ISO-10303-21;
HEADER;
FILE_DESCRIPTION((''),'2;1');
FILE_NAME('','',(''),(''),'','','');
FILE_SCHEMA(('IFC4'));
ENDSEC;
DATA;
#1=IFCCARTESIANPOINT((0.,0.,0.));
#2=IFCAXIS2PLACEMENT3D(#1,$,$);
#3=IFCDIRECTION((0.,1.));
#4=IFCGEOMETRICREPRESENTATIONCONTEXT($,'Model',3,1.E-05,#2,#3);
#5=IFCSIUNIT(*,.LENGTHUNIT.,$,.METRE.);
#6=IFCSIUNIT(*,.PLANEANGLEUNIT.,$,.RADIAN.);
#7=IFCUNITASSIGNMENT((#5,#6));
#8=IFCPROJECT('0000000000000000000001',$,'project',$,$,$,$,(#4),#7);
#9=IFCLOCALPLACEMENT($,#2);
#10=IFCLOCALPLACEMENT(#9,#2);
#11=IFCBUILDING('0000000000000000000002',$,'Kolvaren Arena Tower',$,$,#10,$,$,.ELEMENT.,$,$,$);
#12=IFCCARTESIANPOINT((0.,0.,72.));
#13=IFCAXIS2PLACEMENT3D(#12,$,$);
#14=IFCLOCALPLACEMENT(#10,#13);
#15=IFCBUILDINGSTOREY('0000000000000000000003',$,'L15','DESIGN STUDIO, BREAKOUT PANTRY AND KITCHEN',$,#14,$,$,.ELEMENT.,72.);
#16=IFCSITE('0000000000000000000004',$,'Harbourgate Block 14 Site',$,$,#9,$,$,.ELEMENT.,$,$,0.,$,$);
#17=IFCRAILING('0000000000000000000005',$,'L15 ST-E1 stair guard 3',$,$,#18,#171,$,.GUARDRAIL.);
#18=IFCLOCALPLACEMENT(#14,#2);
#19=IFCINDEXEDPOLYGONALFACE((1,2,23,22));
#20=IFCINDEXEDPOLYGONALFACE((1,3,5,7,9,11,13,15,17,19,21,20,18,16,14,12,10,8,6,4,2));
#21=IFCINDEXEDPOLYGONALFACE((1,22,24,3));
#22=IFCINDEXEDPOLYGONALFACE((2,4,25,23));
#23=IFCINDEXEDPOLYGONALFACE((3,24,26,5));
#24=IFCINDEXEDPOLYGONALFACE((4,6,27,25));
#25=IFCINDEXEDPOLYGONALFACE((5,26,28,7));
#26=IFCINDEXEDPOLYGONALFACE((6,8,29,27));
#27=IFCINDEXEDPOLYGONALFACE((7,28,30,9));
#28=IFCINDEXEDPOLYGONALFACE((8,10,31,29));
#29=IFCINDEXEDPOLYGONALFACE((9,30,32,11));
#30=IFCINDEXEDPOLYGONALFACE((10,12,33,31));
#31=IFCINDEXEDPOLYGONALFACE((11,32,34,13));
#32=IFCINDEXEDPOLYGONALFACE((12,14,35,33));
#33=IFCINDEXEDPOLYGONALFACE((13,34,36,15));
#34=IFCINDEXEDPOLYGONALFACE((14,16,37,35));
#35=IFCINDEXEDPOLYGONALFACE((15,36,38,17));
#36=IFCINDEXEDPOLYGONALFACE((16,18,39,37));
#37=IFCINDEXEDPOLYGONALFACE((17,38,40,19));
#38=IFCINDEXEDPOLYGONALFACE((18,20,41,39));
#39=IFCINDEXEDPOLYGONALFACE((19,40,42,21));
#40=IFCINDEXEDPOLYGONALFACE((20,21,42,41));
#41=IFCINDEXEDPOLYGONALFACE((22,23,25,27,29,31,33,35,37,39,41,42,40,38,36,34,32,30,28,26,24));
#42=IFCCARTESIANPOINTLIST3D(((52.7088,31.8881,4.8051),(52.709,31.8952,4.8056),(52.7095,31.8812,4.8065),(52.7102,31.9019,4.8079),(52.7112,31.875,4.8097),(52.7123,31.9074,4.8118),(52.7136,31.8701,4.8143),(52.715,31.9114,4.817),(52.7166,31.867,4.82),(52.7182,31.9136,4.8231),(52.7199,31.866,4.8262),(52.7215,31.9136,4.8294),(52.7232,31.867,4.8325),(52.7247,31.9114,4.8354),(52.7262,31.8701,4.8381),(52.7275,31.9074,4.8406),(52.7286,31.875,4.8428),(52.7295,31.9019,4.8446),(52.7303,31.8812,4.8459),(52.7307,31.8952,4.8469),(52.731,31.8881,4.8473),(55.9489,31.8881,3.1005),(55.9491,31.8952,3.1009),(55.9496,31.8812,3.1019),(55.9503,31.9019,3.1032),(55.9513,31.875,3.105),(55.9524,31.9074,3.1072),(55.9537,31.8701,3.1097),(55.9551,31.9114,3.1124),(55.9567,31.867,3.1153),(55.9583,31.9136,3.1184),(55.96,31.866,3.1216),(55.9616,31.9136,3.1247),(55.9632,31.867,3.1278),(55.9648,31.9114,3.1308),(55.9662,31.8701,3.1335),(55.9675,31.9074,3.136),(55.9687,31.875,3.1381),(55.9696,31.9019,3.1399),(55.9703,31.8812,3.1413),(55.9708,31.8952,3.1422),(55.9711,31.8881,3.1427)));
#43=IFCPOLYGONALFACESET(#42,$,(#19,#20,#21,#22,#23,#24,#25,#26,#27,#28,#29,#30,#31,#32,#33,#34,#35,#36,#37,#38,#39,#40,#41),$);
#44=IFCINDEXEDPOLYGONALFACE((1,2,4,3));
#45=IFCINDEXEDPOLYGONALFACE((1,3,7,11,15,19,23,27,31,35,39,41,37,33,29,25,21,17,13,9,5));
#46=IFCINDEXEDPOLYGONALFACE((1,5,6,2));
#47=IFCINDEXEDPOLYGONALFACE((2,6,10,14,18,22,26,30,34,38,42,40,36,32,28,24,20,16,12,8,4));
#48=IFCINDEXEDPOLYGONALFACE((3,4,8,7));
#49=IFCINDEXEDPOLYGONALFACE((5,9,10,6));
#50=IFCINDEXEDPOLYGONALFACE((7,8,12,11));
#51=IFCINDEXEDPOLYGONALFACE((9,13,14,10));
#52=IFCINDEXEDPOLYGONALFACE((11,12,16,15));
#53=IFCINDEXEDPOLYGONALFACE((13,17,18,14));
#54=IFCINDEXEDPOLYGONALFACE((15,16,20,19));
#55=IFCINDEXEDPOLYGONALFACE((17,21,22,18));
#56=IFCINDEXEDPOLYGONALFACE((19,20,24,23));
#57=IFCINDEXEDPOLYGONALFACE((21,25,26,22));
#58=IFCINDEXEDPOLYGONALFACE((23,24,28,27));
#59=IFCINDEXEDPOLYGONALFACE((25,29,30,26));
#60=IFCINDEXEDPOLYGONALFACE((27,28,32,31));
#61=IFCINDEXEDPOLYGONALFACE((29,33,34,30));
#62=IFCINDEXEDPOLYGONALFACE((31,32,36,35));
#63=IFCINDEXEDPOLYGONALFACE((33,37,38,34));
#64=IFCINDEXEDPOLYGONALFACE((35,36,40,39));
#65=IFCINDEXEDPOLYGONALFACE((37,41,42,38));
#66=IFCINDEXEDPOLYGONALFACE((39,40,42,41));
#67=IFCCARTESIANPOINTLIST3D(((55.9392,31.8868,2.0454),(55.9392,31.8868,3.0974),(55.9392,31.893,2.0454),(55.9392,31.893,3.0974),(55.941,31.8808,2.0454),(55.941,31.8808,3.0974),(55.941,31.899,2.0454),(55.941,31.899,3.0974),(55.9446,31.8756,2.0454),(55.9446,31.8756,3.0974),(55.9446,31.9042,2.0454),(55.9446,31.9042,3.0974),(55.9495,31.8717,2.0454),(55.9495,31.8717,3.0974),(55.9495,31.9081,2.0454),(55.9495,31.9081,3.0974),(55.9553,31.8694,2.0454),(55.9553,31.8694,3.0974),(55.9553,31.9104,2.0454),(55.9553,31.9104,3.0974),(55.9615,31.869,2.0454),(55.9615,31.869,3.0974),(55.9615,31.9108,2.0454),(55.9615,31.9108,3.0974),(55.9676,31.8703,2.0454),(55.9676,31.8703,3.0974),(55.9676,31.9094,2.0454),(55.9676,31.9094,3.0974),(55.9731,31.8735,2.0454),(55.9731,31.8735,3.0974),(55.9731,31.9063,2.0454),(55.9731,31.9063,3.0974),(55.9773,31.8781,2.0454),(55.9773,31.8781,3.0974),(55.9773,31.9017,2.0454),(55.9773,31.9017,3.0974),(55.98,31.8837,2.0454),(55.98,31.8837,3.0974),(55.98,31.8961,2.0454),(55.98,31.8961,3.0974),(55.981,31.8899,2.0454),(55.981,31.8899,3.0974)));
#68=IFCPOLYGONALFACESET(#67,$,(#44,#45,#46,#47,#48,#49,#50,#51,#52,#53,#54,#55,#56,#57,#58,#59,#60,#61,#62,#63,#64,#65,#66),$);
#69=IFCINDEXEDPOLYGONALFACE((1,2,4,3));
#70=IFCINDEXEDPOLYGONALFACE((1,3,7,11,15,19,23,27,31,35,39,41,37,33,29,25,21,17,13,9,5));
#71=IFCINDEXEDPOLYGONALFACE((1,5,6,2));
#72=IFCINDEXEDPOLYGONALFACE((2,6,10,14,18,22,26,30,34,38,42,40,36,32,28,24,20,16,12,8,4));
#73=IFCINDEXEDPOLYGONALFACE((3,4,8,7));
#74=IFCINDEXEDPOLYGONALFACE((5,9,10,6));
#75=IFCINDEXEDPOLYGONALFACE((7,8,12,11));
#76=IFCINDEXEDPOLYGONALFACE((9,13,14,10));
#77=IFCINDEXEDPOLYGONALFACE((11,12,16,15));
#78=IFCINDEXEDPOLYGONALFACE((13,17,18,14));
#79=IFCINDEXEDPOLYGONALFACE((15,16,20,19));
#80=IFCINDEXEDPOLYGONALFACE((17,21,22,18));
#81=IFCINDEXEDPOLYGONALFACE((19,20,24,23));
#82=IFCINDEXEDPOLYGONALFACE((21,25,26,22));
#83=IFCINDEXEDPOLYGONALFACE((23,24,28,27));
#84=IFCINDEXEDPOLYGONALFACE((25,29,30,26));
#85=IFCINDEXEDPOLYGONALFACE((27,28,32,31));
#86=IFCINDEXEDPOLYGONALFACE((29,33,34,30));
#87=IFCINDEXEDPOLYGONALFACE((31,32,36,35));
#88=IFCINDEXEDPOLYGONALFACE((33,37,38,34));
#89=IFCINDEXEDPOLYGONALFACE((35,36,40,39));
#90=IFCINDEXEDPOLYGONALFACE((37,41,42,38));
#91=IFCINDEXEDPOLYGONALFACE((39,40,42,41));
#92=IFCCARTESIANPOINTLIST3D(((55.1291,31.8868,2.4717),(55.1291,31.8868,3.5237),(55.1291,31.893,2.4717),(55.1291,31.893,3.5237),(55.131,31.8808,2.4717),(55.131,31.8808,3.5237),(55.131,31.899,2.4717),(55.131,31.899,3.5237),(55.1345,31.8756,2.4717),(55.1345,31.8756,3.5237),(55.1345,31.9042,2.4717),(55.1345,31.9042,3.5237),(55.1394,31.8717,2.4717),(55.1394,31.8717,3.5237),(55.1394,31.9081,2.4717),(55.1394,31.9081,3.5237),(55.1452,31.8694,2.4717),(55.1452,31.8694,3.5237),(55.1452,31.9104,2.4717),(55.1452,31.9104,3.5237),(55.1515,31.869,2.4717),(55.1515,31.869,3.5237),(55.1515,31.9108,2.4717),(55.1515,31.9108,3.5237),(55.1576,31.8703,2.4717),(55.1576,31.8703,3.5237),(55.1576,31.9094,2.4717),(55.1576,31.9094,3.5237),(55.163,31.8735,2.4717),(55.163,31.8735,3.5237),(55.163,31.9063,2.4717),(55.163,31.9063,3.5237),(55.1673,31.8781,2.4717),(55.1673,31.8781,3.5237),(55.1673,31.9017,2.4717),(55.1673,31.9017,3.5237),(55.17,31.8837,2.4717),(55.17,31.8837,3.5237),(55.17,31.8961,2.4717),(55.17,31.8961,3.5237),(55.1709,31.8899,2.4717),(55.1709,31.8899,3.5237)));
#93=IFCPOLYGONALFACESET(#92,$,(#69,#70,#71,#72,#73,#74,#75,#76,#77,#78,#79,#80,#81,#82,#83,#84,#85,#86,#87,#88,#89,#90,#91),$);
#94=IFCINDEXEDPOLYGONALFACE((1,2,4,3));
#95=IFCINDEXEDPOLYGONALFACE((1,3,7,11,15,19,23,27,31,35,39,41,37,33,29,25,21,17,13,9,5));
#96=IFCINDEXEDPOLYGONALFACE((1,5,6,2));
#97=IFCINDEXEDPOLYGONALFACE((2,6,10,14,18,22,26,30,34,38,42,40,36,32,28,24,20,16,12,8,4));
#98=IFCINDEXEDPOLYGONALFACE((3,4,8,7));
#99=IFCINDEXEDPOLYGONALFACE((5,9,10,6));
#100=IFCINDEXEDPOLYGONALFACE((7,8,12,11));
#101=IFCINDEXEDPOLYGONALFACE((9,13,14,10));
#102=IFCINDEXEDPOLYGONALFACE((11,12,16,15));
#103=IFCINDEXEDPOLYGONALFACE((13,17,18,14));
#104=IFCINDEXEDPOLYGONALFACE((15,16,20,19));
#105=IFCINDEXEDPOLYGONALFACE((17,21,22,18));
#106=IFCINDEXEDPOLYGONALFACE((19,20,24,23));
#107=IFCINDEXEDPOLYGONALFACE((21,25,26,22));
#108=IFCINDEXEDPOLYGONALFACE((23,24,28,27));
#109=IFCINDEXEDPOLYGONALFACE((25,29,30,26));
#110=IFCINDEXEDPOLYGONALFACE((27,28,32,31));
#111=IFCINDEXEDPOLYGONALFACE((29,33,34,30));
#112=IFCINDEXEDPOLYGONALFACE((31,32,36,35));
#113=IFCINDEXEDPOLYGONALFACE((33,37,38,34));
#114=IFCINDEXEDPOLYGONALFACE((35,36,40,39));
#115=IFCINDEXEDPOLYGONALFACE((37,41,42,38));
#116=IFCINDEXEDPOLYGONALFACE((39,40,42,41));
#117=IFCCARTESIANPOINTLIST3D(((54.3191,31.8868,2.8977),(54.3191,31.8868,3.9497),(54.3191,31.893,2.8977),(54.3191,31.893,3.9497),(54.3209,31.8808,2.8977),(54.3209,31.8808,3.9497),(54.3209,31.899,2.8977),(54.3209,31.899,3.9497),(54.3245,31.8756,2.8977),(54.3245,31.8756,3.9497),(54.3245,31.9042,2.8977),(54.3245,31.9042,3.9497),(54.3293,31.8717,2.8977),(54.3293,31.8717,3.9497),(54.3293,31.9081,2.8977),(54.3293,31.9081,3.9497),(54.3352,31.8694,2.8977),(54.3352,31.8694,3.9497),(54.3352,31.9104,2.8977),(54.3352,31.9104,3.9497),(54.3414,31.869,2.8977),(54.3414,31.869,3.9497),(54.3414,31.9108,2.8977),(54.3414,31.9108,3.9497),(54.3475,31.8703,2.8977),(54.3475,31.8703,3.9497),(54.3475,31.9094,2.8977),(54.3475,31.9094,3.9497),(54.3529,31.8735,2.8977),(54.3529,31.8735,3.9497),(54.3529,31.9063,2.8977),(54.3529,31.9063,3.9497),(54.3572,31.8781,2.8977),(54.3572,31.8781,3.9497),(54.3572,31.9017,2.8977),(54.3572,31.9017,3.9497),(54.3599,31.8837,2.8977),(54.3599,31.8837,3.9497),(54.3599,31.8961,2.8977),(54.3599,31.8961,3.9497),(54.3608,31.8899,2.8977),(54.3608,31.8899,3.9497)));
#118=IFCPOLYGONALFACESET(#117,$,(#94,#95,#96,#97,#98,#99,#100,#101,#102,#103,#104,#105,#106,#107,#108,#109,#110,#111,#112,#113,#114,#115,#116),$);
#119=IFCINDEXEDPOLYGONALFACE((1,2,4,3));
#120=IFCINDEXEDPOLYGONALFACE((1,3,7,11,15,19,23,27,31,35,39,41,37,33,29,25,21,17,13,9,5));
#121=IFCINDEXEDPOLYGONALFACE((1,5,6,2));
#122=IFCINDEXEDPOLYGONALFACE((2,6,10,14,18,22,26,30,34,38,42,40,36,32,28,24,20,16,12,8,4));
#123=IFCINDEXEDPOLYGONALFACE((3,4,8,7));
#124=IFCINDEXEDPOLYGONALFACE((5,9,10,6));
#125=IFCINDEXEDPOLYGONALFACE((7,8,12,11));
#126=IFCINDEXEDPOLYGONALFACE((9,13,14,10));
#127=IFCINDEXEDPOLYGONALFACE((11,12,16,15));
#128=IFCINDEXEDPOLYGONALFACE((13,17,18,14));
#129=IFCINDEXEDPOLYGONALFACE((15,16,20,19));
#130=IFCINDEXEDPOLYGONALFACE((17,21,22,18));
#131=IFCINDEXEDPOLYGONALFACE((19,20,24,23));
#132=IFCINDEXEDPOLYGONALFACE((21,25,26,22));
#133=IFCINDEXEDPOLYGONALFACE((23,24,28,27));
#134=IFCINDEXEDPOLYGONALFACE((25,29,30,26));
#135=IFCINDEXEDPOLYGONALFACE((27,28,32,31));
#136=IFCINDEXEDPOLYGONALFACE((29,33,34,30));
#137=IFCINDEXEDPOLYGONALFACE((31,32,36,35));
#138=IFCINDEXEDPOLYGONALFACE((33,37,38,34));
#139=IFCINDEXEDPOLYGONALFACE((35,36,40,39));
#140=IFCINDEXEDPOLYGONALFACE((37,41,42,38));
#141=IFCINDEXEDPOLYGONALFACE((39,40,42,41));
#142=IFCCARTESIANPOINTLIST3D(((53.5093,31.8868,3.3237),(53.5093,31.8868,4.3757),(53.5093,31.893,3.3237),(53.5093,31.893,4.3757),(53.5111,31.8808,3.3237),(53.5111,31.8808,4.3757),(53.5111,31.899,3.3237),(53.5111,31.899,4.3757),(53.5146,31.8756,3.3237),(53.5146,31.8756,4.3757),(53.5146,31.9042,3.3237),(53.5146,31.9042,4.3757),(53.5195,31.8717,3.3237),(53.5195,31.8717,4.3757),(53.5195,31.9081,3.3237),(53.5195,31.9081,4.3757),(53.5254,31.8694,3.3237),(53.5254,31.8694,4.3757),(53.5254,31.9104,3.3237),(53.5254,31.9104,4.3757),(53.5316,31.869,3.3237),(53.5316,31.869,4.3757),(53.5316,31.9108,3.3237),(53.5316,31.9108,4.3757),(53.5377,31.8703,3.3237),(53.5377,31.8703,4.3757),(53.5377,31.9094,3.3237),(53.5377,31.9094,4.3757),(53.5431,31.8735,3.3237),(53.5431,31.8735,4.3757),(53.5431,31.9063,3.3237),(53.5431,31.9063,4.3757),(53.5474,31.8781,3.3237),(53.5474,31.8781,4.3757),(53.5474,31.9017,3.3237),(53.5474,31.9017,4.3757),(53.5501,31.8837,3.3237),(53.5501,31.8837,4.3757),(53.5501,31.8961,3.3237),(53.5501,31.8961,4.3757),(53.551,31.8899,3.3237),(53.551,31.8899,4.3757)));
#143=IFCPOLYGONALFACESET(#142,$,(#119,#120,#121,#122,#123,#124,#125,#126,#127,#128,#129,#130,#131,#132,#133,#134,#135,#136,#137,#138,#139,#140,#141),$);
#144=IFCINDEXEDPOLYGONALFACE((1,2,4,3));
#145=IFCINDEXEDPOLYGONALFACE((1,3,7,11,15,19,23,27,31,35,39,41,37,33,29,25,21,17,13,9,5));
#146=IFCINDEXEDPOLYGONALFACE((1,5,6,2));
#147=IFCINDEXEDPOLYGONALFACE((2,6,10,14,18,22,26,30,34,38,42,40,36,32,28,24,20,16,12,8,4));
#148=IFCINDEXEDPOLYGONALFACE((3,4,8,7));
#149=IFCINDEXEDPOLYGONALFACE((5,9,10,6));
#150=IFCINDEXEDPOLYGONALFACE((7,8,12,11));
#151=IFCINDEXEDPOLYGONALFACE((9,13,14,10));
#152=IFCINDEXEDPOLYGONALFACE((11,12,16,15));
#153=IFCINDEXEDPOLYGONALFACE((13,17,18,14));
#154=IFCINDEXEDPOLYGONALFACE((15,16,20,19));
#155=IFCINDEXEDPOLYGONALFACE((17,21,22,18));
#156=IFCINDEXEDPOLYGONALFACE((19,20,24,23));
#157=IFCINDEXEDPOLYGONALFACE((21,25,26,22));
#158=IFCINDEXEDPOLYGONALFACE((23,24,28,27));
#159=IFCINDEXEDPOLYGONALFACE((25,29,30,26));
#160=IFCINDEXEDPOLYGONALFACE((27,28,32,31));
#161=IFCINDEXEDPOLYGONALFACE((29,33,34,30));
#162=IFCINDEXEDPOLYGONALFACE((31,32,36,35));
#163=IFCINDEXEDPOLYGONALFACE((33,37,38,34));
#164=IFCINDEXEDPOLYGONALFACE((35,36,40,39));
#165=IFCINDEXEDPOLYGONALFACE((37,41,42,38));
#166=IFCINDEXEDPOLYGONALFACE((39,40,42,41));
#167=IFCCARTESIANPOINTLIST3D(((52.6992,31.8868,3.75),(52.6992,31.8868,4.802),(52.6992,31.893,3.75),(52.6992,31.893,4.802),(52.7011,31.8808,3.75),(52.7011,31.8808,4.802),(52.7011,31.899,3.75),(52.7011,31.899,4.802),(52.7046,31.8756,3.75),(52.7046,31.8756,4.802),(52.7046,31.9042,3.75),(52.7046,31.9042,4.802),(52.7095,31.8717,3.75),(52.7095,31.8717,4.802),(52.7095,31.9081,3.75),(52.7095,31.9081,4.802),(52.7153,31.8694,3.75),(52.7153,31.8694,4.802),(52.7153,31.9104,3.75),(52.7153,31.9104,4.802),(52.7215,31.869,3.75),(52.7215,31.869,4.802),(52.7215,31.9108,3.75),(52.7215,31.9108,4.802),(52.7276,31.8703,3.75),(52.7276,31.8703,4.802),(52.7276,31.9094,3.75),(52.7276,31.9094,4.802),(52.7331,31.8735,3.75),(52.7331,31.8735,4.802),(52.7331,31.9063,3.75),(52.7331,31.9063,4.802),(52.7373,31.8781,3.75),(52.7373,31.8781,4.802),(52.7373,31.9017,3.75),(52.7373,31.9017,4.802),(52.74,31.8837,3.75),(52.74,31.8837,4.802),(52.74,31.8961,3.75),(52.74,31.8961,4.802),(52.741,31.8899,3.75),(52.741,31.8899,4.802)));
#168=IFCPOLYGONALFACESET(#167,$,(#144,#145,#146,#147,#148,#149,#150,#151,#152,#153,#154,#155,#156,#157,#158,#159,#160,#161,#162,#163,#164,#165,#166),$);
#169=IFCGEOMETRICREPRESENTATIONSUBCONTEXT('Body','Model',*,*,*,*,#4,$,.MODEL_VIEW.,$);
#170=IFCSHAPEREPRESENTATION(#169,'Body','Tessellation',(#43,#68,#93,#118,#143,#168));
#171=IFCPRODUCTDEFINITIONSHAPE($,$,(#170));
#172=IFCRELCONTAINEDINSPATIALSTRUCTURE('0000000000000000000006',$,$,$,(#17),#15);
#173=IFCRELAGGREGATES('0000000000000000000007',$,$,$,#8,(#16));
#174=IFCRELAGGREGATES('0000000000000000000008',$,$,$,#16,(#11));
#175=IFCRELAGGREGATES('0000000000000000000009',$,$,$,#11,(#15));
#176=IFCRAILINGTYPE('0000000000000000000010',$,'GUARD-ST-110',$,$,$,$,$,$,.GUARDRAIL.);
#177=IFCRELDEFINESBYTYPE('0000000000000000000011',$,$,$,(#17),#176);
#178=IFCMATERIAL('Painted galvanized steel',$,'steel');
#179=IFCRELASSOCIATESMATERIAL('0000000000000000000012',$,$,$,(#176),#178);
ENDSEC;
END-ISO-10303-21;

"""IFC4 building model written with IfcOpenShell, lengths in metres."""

from ifc_helpers import new_model, si_unit, direction, frame, origin, origin_2d, place, context, subcontext, project, spatial, circle, extrude, material, type_object, element, save


model = new_model("IFC4")

# Units and contexts
model_context = context("Model", 3, precision=1e-05, world=origin(), true_north=direction((0.0, 1.0)))
body_context = subcontext(model_context, "Body", "Model", "MODEL_VIEW")
ifc_project = project(units=[si_unit("LENGTHUNIT", "METRE"), si_unit("PLANEANGLEUNIT", "RADIAN")], contexts=[model_context])

# Site, building, storey
site_placement = place(None, origin())
site = spatial("IfcSite", under=ifc_project, at=site_placement, Name="Harbourgate Block 14 Site", CompositionType="ELEMENT", RefElevation=0.0)
building_placement = place(site_placement, origin())
building = spatial("IfcBuilding", under=site, at=building_placement, Name="Kolvaren Arena Tower", CompositionType="ELEMENT")
storey_placement = place(building_placement, frame((0.0, 0.0, 72.0)))
storey = spatial("IfcBuildingStorey", under=building, at=storey_placement, Name="L15", Description="DESIGN STUDIO, BREAKOUT PANTRY AND KITCHEN", CompositionType="ELEMENT", Elevation=72.0)

# Railing
ifc_material_1 = material(Name="Painted galvanized steel", Category="steel")
railing_type_1 = type_object("IfcRailingType", Name="GUARD-ST-110", PredefinedType="GUARDRAIL", material=ifc_material_1)
railing_1_placement = place(storey_placement, frame((55.96, 31.8899, 2.0454)))
element("IfcRailing", 1, at=railing_1_placement, inside=storey, type_object=railing_type_1, Name="L15 ST-E1 stair guard 3", PredefinedType="GUARDRAIL", context=body_context, shape_type="SweptSolid", body=[
    extrude(circle(Radius=0.0239, at=origin_2d()), frame((0.0, 0.0, 1.0762), z_axis=(-0.884993, 0.0, 0.465604), x_axis=(0.0, -1.0, 0.0)), (0.0, 0.0, 1.0), 3.6611),
    extrude(circle(Radius=0.021, at=origin_2d()), origin(), (0.0, 0.0, 1.0), 1.052),
    extrude(circle(Radius=0.021, at=origin_2d()), frame((-0.8101, 0.0, 0.4263)), (0.0, 0.0, 1.0), 1.052),
    extrude(circle(Radius=0.021, at=origin_2d()), frame((-1.6201, 0.0, 0.8523)), (0.0, 0.0, 1.0), 1.052),
    extrude(circle(Radius=0.021, at=origin_2d()), frame((-2.4299, 0.0, 1.2783)), (0.0, 0.0, 1.0), 1.052),
    extrude(circle(Radius=0.021, at=origin_2d()), frame((-3.24, 0.0, 1.7046)), (0.0, 0.0, 1.0), 1.052),
])

save(model, "model.ifc")
